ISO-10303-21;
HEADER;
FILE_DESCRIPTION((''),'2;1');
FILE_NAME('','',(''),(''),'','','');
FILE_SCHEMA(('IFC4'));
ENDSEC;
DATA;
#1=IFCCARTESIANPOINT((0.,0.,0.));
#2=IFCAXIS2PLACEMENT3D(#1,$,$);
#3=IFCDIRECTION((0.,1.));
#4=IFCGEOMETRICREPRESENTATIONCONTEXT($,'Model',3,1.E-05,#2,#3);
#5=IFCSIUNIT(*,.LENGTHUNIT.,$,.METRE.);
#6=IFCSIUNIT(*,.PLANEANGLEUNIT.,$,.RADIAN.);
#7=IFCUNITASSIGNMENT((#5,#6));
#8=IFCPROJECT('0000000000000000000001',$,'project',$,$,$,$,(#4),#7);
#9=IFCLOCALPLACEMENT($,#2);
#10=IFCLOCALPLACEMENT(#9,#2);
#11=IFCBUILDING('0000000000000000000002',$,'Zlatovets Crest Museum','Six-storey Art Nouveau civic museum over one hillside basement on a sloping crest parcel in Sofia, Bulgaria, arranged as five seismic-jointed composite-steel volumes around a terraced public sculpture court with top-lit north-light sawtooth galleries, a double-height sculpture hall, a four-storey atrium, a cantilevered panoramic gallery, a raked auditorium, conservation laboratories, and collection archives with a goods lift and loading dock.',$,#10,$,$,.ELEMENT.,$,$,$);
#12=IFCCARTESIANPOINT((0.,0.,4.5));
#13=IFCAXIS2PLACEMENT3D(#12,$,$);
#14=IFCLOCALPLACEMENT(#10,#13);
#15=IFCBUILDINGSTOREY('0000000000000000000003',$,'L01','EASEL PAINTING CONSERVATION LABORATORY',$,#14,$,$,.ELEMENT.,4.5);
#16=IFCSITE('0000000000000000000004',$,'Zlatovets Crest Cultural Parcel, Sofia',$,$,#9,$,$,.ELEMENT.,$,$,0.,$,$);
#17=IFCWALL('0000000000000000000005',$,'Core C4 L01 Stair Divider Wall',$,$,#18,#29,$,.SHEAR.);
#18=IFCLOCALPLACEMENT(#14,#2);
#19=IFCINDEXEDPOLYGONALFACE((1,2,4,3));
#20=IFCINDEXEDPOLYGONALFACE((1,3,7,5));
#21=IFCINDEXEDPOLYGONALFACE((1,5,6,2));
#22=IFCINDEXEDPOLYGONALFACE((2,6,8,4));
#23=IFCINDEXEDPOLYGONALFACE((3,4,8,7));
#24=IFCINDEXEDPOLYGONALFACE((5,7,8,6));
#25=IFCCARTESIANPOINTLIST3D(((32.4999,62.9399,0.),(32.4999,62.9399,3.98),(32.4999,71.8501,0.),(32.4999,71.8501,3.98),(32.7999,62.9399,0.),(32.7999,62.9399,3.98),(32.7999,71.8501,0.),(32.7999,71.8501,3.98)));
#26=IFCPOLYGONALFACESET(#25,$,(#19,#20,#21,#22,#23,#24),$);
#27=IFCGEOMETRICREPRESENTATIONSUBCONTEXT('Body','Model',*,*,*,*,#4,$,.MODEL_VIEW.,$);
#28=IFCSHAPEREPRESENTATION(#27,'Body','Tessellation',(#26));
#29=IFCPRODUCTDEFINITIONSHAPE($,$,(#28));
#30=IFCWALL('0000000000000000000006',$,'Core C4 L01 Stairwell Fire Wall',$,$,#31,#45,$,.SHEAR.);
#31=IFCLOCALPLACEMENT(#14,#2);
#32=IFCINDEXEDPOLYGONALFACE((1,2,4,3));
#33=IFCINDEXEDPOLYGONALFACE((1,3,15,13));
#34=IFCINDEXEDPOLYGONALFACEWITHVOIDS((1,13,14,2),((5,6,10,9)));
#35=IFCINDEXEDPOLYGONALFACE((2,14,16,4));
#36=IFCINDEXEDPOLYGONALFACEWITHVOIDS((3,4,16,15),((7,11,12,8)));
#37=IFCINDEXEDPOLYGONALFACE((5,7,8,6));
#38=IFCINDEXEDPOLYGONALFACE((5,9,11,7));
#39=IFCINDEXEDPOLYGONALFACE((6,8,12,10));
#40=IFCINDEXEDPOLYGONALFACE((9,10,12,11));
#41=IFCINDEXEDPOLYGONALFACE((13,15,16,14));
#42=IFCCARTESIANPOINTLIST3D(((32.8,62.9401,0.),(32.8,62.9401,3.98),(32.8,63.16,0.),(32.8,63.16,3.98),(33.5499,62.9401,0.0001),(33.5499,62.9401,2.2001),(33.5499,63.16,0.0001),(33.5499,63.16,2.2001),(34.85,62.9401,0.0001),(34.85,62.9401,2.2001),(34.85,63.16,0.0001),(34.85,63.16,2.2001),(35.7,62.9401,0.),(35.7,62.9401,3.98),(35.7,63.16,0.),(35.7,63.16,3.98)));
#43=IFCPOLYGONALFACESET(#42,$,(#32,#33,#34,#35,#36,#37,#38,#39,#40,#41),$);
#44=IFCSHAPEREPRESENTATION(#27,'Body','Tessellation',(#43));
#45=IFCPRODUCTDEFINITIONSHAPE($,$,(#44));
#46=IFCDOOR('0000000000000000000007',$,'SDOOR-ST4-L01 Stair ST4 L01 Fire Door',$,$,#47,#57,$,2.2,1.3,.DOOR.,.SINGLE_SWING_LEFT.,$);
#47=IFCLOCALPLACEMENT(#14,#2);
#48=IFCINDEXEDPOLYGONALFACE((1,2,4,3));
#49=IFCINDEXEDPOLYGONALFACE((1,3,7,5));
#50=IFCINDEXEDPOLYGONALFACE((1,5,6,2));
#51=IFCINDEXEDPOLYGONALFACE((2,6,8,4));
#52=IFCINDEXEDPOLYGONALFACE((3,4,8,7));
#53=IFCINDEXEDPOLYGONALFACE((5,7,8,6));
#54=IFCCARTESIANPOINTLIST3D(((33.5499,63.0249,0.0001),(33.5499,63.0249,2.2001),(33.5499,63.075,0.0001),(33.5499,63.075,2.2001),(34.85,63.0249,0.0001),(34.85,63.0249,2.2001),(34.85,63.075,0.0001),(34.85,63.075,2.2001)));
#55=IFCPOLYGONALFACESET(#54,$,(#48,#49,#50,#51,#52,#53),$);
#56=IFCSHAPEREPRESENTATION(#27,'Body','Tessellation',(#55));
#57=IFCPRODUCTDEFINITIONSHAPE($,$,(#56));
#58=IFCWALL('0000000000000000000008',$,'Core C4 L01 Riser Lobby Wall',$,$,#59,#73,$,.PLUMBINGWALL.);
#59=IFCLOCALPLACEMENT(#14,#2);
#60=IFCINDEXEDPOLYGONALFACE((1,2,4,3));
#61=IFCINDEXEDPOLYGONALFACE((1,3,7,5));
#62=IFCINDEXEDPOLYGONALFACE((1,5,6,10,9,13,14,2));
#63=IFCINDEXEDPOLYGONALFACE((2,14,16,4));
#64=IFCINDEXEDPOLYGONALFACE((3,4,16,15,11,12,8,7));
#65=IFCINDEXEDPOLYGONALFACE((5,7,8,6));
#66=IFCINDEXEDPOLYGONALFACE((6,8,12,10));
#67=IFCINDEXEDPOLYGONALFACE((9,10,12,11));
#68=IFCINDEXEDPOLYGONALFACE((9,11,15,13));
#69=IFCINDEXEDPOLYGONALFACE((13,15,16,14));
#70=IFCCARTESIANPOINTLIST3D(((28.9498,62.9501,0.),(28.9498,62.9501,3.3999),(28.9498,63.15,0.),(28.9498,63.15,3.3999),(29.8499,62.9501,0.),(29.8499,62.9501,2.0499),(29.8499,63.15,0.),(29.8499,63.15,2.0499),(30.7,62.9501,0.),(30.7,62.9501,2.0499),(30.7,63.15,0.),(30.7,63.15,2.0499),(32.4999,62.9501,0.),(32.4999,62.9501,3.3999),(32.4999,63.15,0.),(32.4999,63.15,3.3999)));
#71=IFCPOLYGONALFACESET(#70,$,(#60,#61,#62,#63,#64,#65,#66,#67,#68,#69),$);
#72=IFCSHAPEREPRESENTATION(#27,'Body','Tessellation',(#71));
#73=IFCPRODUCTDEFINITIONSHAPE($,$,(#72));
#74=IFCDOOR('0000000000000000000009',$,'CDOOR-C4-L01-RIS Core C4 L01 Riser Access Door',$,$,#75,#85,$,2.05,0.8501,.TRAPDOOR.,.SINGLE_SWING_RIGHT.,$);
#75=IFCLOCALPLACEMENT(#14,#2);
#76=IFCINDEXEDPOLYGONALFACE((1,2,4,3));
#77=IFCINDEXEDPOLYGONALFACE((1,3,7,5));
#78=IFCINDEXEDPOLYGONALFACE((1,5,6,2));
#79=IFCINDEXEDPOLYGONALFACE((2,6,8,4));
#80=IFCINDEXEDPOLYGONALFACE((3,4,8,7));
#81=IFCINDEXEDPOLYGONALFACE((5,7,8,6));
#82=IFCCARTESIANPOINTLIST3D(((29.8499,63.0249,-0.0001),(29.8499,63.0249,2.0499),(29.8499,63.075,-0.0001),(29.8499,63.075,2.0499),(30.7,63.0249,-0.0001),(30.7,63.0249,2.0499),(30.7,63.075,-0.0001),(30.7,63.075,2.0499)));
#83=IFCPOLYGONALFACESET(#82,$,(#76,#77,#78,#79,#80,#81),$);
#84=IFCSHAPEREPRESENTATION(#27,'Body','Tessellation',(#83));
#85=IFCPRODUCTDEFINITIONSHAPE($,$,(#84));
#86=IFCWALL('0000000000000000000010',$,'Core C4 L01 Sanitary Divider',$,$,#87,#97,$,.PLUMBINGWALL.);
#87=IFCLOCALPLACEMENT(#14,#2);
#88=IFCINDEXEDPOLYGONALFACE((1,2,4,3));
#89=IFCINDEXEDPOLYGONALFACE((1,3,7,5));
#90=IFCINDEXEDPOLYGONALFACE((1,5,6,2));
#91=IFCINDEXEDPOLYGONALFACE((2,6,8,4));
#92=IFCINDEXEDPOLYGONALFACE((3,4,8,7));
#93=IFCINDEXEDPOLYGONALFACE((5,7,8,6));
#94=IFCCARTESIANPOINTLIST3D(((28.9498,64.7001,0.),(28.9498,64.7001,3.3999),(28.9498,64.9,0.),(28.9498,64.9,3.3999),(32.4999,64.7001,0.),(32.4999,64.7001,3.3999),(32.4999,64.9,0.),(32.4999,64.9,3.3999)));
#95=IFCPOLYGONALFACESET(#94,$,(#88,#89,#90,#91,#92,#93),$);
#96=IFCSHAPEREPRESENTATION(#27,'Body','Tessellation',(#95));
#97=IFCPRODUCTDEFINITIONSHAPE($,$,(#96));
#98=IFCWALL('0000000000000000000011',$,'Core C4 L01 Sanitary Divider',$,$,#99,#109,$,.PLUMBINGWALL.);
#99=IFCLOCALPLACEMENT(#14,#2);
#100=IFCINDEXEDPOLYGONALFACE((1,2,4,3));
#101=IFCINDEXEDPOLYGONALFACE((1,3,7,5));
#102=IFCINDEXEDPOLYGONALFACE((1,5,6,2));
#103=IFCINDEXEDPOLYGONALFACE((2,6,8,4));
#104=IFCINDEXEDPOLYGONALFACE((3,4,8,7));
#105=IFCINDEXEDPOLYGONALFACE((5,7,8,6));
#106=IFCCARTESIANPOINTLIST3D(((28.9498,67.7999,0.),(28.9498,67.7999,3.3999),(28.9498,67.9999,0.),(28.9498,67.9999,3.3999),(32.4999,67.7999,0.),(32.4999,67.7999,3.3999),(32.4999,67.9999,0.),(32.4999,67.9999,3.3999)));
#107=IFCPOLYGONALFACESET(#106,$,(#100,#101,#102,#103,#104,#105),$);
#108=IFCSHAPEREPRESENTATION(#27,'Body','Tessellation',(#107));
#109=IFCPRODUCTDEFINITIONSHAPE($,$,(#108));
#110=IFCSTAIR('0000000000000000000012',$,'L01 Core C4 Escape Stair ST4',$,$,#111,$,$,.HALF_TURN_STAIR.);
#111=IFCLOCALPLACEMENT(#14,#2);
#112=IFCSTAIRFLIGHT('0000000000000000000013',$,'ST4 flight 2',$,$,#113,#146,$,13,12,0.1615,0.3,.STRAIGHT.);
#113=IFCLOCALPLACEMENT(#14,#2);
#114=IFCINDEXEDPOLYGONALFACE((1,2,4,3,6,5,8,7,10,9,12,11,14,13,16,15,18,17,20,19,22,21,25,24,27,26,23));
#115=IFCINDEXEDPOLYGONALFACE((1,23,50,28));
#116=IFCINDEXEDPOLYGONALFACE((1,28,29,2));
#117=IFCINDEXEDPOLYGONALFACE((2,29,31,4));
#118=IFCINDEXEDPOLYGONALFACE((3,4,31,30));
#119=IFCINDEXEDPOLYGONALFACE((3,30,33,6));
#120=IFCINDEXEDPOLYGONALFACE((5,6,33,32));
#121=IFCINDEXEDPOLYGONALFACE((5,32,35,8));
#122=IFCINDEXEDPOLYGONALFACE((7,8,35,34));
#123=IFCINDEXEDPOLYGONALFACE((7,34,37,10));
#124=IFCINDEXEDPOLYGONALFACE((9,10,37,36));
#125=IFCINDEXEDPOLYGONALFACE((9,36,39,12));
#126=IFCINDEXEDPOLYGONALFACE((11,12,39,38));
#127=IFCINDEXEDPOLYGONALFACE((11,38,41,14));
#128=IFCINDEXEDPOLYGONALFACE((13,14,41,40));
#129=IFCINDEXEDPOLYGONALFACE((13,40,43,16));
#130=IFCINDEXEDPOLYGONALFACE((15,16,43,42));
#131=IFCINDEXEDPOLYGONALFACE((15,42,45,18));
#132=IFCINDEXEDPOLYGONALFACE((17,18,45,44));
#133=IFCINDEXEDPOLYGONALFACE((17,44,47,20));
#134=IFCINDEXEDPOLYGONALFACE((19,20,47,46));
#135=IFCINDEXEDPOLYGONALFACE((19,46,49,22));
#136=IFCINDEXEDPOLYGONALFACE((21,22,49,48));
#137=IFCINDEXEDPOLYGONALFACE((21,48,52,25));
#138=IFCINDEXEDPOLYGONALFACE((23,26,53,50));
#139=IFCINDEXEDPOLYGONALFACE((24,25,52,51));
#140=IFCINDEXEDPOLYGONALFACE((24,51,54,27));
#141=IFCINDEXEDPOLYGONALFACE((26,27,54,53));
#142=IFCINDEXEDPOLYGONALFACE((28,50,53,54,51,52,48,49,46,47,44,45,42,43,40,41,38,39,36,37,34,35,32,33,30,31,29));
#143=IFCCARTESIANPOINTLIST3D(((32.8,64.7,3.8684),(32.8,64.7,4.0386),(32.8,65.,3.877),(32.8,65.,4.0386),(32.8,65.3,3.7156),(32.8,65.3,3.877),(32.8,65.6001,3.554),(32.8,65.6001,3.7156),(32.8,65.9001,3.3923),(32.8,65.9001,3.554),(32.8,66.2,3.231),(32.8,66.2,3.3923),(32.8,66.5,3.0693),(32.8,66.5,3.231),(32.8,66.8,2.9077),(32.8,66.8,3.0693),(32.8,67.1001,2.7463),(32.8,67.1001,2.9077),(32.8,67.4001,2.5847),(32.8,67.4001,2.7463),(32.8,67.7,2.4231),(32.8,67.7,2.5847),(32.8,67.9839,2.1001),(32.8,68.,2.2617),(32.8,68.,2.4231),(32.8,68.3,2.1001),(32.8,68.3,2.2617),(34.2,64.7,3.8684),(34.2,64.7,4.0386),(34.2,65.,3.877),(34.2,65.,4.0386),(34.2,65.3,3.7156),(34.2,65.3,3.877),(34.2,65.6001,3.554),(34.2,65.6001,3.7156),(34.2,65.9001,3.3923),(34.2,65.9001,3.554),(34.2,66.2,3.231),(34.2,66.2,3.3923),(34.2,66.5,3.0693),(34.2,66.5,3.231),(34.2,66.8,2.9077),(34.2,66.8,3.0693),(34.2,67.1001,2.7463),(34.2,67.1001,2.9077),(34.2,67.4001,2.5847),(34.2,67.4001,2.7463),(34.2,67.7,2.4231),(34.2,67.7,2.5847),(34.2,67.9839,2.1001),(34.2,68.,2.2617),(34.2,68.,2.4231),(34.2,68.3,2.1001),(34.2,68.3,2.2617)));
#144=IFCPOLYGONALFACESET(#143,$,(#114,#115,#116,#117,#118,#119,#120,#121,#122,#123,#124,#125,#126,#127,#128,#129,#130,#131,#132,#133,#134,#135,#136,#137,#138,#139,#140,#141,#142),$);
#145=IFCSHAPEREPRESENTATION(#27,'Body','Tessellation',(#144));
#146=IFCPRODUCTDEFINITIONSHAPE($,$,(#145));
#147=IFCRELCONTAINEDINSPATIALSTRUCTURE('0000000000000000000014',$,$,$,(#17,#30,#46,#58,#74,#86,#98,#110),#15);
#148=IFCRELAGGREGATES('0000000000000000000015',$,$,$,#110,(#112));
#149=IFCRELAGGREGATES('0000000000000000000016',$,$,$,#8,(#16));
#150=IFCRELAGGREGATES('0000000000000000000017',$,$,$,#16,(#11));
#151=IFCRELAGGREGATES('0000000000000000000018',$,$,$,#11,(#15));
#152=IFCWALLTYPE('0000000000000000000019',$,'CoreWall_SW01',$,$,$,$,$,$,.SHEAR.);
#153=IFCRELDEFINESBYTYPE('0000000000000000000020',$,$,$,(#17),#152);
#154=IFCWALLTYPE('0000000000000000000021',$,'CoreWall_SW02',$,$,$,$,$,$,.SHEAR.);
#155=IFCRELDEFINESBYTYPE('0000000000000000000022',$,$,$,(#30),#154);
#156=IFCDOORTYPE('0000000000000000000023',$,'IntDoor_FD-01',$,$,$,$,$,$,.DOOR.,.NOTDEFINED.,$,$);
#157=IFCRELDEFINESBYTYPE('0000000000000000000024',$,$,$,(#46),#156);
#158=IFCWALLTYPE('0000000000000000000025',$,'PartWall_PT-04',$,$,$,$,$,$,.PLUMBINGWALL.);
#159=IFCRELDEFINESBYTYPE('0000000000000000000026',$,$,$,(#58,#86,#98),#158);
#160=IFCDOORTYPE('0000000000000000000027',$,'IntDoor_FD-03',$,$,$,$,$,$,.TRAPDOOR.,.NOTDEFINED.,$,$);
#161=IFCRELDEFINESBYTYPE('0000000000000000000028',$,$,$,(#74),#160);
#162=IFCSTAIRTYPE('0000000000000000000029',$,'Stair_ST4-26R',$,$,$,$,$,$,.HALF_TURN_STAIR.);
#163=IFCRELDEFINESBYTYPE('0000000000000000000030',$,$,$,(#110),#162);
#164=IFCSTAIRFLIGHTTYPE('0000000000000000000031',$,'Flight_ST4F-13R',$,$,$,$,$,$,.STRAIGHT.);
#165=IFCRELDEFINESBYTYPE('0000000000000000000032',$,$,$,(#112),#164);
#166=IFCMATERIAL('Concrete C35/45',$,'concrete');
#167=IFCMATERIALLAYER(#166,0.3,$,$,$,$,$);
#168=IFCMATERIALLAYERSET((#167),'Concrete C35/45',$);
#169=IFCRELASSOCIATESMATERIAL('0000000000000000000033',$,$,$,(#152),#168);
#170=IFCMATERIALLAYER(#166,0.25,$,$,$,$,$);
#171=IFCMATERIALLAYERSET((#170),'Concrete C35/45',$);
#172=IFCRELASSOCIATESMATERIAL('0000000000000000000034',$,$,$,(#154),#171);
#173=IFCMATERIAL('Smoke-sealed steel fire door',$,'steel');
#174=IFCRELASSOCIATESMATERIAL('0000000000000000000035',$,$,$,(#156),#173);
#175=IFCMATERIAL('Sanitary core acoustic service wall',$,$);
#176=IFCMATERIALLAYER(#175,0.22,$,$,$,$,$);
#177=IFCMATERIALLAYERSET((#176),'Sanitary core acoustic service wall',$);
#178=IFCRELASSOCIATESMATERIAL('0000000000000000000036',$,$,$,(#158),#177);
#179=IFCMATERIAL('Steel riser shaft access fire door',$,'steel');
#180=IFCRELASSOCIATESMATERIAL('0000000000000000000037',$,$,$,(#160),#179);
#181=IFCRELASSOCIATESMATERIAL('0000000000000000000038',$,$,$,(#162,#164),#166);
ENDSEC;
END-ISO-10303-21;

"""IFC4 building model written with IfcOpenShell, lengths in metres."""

from ifc_helpers import new_model, si_unit, direction, frame, frame_2d, origin, place, context, subcontext, project, spatial, polyline, rectangle, outline, extrude, material, layer, layer_set, type_object, element, fill, aggregate, save


model = new_model("IFC4")

# Units and contexts
model_context = context("Model", 3, precision=1e-05, world=origin(), true_north=direction((0.0, 1.0)))
body_context = subcontext(model_context, "Body", "Model", "MODEL_VIEW")
ifc_project = project(units=[si_unit("LENGTHUNIT", "METRE"), si_unit("PLANEANGLEUNIT", "RADIAN")], contexts=[model_context])

# Site, building, storey
site_placement = place(None, origin())
site = spatial("IfcSite", under=ifc_project, at=site_placement, Name="Zlatovets Crest Cultural Parcel, Sofia", CompositionType="ELEMENT", RefElevation=0.0)
building_placement = place(site_placement, origin())
building = spatial("IfcBuilding", under=site, at=building_placement, Name="Zlatovets Crest Museum", Description="Six-storey Art Nouveau civic museum over one hillside basement on a sloping crest parcel in Sofia, Bulgaria, arranged as five seismic-jointed composite-steel volumes around a terraced public sculpture court with top-lit north-light sawtooth galleries, a double-height sculpture hall, a four-storey atrium, a cantilevered panoramic gallery, a raked auditorium, conservation laboratories, and collection archives with a goods lift and loading dock.", CompositionType="ELEMENT")
storey_placement = place(building_placement, frame((0.0, 0.0, 4.5)))
storey = spatial("IfcBuildingStorey", under=building, at=storey_placement, Name="L01", Description="EASEL PAINTING CONSERVATION LABORATORY", CompositionType="ELEMENT", Elevation=4.5)

# Wall
ifc_material_1 = material(Name="Concrete C35/45", Category="concrete")
ifc_layer_1 = layer(ifc_material_1, 0.3)
ifc_layer_set_1 = layer_set([ifc_layer_1], Name="Concrete C35/45")
wall_type_1 = type_object("IfcWallType", Name="CoreWall_SW01", PredefinedType="SHEAR", material=ifc_layer_set_1)
wall_1_placement = place(storey_placement, frame((32.6499, 62.9399, 0.0), z_axis=(0.0, 0.0, 1.0), x_axis=(0.0, 1.0, 0.0)))
element("IfcWall", 1, at=wall_1_placement, inside=storey, type_object=wall_type_1, Name="Core C4 L01 Stair Divider Wall", PredefinedType="SHEAR", context=body_context, shape_type="SweptSolid", body=[
    extrude(rectangle(XDim=8.9102, YDim=0.3, at=frame_2d((4.4551, 0.0))), origin(), (0.0, 0.0, 1.0), 3.98),
])

# Walls, openings, doors
ifc_layer_2 = layer(ifc_material_1, 0.25)
ifc_layer_set_2 = layer_set([ifc_layer_2], Name="Concrete C35/45")
wall_type_2 = type_object("IfcWallType", Name="CoreWall_SW02", PredefinedType="SHEAR", material=ifc_layer_set_2)
wall_2_placement = place(storey_placement, frame((32.8, 63.05, 0.0), z_axis=(0.0, 0.0, 1.0), x_axis=(1.0, 0.0, 0.0)))
wall_2 = element("IfcWall", 2, at=wall_2_placement, inside=storey, type_object=wall_type_2, Name="Core C4 L01 Stairwell Fire Wall", PredefinedType="SHEAR", context=body_context, shape_type="SweptSolid", body=[
    extrude(rectangle(XDim=2.8999, YDim=0.22, at=frame_2d((1.45, 0.0))), origin(), (0.0, 0.0, 1.0), 3.98),
])
opening_1_placement = place(wall_2_placement, frame((0.75, 0.0, 0.0)))
opening_1 = element("IfcOpeningElement", 3, at=opening_1_placement, cuts=wall_2, PredefinedType="OPENING", context=body_context, shape_type="SweptSolid", body=[
    extrude(rectangle(XDim=1.3, YDim=2.2, at=frame_2d((0.6499, 1.1001))), frame((0.0, 0.1201, 0.0), z_axis=(0.0, -1.0, 0.0), x_axis=(1.0, 0.0, 0.0)), (0.0, 0.0, 1.0), 0.24),
])
ifc_material_2 = material(Name="Smoke-sealed steel fire door", Category="steel")
door_type_1 = type_object("IfcDoorType", Name="IntDoor_FD-01", OperationType="NOTDEFINED", PredefinedType="DOOR", material=ifc_material_2)
door_1_placement = place(opening_1_placement, origin())
door_1 = element("IfcDoor", 4, at=door_1_placement, inside=storey, type_object=door_type_1, Name="SDOOR-ST4-L01 Stair ST4 L01 Fire Door", OperationType="SINGLE_SWING_LEFT", OverallHeight=2.2, OverallWidth=1.3, PredefinedType="DOOR", context=body_context, shape_type="SweptSolid", body=[
    extrude(rectangle(XDim=1.3, YDim=2.2, at=frame_2d((0.6499, 1.1001))), frame((0.0, 0.0249, 0.0), z_axis=(0.0, -1.0, 0.0), x_axis=(1.0, 0.0, 0.0)), (0.0, 0.0, 1.0), 0.05),
])
fill(opening_1, door_1)
ifc_material_3 = material(Name="Sanitary core acoustic service wall")
ifc_layer_3 = layer(ifc_material_3, 0.22)
ifc_layer_set_3 = layer_set([ifc_layer_3], Name="Sanitary core acoustic service wall")
wall_type_3 = type_object("IfcWallType", Name="PartWall_PT-04", PredefinedType="PLUMBINGWALL", material=ifc_layer_set_3)
wall_3_placement = place(storey_placement, frame((28.95, 63.05, 0.0), z_axis=(0.0, 0.0, 1.0), x_axis=(1.0, 0.0, 0.0)))
wall_3 = element("IfcWall", 5, at=wall_3_placement, inside=storey, type_object=wall_type_3, Name="Core C4 L01 Riser Lobby Wall", PredefinedType="PLUMBINGWALL", context=body_context, shape_type="SweptSolid", body=[
    extrude(rectangle(XDim=3.55, YDim=0.2, at=frame_2d((1.7749, 0.0))), origin(), (0.0, 0.0, 1.0), 3.3999),
])
opening_2_placement = place(wall_3_placement, frame((0.8999, 0.0, 0.0)))
opening_2 = element("IfcOpeningElement", 6, at=opening_2_placement, cuts=wall_3, PredefinedType="OPENING", context=body_context, shape_type="SweptSolid", body=[
    extrude(rectangle(XDim=0.8501, YDim=2.05, at=frame_2d((0.425, 1.0249))), frame((0.0, 0.1099, 0.0), z_axis=(0.0, -1.0, 0.0), x_axis=(1.0, 0.0, 0.0)), (0.0, 0.0, 1.0), 0.22),
])
ifc_material_4 = material(Name="Steel riser shaft access fire door", Category="steel")
door_type_2 = type_object("IfcDoorType", Name="IntDoor_FD-03", OperationType="NOTDEFINED", PredefinedType="TRAPDOOR", material=ifc_material_4)
door_2_placement = place(opening_2_placement, origin())
door_2 = element("IfcDoor", 7, at=door_2_placement, inside=storey, type_object=door_type_2, Name="CDOOR-C4-L01-RIS Core C4 L01 Riser Access Door", OperationType="SINGLE_SWING_RIGHT", OverallHeight=2.05, OverallWidth=0.8501, PredefinedType="TRAPDOOR", context=body_context, shape_type="SweptSolid", body=[
    extrude(rectangle(XDim=0.8501, YDim=2.05, at=frame_2d((0.425, 1.0249))), frame((0.0, 0.0249, 0.0), z_axis=(0.0, -1.0, 0.0), x_axis=(1.0, 0.0, 0.0)), (0.0, 0.0, 1.0), 0.05),
])
fill(opening_2, door_2)

# Walls
for number, where, z_axis, x_axis, name in (
    (8, (28.95, 64.8, 0.0), (0.0, 0.0, 1.0), (1.0, 0.0, 0.0), "Core C4 L01 Sanitary Divider"),
    (9, (28.95, 67.8999, 0.0), (0.0, 0.0, 1.0), (1.0, 0.0, 0.0), "Core C4 L01 Sanitary Divider"),
):
    element("IfcWall", number, at=place(storey_placement, frame(where, z_axis=z_axis, x_axis=x_axis)), inside=storey, type_object=wall_type_3, Name=name, PredefinedType="PLUMBINGWALL", context=body_context, shape_type="SweptSolid", body=[
        extrude(rectangle(XDim=3.55, YDim=0.2, at=frame_2d((1.7749, 0.0))), origin(), (0.0, 0.0, 1.0), 3.3999),
    ])

# Stair, stair flight
stair_type = type_object("IfcStairType", Name="Stair_ST4-26R", PredefinedType="HALF_TURN_STAIR", material=ifc_material_1)
stair_placement = place(storey_placement, origin())
stair = element("IfcStair", 10, at=stair_placement, inside=storey, type_object=stair_type, Name="L01 Core C4 Escape Stair ST4", PredefinedType="HALF_TURN_STAIR")
stair_flight_type = type_object("IfcStairFlightType", Name="Flight_ST4F-13R", PredefinedType="STRAIGHT", material=ifc_material_1)
stair_flight_placement = place(storey_placement, frame((33.5, 68.3, 2.1001), z_axis=(0.0, 0.0, 1.0), x_axis=(0.0, -1.0, 0.0)))
stair_flight = element("IfcStairFlight", 11, at=stair_flight_placement, type_object=stair_flight_type, Name="ST4 flight 2", NumberOfRisers=13, NumberOfTreads=12, PredefinedType="STRAIGHT", RiserHeight=0.1615, TreadLength=0.3, context=body_context, shape_type="SweptSolid", body=[
    extrude(outline(polyline([(0.0, 0.0), (0.0, 0.1616), (0.3, 0.1616), (0.3, 0.323), (0.6001, 0.323), (0.6001, 0.4846), (0.8999, 0.4846), (0.8999, 0.6462), (1.2, 0.6462), (1.2, 0.8076), (1.5, 0.8076), (1.5, 0.9692), (1.8, 0.9692), (1.8, 1.1309), (2.1001, 1.1309), (2.1001, 1.2922), (2.3999, 1.2922), (2.3999, 1.4539), (2.7, 1.4539), (2.7, 1.6155), (3.0, 1.6155), (3.0, 1.7769), (3.3, 1.7769), (3.3, 1.9385), (3.6001, 1.9385), (3.6001, 2.1001), (3.6001, 1.7683), (0.3162, 0.0), (0.0, 0.0)])), frame((0.0, 0.7, 0.0), z_axis=(0.0, -1.0, 0.0), x_axis=(1.0, 0.0, 0.0)), (0.0, 0.0, 1.0), 1.3999),
])
aggregate(stair, [stair_flight])

save(model, "model.ifc")
